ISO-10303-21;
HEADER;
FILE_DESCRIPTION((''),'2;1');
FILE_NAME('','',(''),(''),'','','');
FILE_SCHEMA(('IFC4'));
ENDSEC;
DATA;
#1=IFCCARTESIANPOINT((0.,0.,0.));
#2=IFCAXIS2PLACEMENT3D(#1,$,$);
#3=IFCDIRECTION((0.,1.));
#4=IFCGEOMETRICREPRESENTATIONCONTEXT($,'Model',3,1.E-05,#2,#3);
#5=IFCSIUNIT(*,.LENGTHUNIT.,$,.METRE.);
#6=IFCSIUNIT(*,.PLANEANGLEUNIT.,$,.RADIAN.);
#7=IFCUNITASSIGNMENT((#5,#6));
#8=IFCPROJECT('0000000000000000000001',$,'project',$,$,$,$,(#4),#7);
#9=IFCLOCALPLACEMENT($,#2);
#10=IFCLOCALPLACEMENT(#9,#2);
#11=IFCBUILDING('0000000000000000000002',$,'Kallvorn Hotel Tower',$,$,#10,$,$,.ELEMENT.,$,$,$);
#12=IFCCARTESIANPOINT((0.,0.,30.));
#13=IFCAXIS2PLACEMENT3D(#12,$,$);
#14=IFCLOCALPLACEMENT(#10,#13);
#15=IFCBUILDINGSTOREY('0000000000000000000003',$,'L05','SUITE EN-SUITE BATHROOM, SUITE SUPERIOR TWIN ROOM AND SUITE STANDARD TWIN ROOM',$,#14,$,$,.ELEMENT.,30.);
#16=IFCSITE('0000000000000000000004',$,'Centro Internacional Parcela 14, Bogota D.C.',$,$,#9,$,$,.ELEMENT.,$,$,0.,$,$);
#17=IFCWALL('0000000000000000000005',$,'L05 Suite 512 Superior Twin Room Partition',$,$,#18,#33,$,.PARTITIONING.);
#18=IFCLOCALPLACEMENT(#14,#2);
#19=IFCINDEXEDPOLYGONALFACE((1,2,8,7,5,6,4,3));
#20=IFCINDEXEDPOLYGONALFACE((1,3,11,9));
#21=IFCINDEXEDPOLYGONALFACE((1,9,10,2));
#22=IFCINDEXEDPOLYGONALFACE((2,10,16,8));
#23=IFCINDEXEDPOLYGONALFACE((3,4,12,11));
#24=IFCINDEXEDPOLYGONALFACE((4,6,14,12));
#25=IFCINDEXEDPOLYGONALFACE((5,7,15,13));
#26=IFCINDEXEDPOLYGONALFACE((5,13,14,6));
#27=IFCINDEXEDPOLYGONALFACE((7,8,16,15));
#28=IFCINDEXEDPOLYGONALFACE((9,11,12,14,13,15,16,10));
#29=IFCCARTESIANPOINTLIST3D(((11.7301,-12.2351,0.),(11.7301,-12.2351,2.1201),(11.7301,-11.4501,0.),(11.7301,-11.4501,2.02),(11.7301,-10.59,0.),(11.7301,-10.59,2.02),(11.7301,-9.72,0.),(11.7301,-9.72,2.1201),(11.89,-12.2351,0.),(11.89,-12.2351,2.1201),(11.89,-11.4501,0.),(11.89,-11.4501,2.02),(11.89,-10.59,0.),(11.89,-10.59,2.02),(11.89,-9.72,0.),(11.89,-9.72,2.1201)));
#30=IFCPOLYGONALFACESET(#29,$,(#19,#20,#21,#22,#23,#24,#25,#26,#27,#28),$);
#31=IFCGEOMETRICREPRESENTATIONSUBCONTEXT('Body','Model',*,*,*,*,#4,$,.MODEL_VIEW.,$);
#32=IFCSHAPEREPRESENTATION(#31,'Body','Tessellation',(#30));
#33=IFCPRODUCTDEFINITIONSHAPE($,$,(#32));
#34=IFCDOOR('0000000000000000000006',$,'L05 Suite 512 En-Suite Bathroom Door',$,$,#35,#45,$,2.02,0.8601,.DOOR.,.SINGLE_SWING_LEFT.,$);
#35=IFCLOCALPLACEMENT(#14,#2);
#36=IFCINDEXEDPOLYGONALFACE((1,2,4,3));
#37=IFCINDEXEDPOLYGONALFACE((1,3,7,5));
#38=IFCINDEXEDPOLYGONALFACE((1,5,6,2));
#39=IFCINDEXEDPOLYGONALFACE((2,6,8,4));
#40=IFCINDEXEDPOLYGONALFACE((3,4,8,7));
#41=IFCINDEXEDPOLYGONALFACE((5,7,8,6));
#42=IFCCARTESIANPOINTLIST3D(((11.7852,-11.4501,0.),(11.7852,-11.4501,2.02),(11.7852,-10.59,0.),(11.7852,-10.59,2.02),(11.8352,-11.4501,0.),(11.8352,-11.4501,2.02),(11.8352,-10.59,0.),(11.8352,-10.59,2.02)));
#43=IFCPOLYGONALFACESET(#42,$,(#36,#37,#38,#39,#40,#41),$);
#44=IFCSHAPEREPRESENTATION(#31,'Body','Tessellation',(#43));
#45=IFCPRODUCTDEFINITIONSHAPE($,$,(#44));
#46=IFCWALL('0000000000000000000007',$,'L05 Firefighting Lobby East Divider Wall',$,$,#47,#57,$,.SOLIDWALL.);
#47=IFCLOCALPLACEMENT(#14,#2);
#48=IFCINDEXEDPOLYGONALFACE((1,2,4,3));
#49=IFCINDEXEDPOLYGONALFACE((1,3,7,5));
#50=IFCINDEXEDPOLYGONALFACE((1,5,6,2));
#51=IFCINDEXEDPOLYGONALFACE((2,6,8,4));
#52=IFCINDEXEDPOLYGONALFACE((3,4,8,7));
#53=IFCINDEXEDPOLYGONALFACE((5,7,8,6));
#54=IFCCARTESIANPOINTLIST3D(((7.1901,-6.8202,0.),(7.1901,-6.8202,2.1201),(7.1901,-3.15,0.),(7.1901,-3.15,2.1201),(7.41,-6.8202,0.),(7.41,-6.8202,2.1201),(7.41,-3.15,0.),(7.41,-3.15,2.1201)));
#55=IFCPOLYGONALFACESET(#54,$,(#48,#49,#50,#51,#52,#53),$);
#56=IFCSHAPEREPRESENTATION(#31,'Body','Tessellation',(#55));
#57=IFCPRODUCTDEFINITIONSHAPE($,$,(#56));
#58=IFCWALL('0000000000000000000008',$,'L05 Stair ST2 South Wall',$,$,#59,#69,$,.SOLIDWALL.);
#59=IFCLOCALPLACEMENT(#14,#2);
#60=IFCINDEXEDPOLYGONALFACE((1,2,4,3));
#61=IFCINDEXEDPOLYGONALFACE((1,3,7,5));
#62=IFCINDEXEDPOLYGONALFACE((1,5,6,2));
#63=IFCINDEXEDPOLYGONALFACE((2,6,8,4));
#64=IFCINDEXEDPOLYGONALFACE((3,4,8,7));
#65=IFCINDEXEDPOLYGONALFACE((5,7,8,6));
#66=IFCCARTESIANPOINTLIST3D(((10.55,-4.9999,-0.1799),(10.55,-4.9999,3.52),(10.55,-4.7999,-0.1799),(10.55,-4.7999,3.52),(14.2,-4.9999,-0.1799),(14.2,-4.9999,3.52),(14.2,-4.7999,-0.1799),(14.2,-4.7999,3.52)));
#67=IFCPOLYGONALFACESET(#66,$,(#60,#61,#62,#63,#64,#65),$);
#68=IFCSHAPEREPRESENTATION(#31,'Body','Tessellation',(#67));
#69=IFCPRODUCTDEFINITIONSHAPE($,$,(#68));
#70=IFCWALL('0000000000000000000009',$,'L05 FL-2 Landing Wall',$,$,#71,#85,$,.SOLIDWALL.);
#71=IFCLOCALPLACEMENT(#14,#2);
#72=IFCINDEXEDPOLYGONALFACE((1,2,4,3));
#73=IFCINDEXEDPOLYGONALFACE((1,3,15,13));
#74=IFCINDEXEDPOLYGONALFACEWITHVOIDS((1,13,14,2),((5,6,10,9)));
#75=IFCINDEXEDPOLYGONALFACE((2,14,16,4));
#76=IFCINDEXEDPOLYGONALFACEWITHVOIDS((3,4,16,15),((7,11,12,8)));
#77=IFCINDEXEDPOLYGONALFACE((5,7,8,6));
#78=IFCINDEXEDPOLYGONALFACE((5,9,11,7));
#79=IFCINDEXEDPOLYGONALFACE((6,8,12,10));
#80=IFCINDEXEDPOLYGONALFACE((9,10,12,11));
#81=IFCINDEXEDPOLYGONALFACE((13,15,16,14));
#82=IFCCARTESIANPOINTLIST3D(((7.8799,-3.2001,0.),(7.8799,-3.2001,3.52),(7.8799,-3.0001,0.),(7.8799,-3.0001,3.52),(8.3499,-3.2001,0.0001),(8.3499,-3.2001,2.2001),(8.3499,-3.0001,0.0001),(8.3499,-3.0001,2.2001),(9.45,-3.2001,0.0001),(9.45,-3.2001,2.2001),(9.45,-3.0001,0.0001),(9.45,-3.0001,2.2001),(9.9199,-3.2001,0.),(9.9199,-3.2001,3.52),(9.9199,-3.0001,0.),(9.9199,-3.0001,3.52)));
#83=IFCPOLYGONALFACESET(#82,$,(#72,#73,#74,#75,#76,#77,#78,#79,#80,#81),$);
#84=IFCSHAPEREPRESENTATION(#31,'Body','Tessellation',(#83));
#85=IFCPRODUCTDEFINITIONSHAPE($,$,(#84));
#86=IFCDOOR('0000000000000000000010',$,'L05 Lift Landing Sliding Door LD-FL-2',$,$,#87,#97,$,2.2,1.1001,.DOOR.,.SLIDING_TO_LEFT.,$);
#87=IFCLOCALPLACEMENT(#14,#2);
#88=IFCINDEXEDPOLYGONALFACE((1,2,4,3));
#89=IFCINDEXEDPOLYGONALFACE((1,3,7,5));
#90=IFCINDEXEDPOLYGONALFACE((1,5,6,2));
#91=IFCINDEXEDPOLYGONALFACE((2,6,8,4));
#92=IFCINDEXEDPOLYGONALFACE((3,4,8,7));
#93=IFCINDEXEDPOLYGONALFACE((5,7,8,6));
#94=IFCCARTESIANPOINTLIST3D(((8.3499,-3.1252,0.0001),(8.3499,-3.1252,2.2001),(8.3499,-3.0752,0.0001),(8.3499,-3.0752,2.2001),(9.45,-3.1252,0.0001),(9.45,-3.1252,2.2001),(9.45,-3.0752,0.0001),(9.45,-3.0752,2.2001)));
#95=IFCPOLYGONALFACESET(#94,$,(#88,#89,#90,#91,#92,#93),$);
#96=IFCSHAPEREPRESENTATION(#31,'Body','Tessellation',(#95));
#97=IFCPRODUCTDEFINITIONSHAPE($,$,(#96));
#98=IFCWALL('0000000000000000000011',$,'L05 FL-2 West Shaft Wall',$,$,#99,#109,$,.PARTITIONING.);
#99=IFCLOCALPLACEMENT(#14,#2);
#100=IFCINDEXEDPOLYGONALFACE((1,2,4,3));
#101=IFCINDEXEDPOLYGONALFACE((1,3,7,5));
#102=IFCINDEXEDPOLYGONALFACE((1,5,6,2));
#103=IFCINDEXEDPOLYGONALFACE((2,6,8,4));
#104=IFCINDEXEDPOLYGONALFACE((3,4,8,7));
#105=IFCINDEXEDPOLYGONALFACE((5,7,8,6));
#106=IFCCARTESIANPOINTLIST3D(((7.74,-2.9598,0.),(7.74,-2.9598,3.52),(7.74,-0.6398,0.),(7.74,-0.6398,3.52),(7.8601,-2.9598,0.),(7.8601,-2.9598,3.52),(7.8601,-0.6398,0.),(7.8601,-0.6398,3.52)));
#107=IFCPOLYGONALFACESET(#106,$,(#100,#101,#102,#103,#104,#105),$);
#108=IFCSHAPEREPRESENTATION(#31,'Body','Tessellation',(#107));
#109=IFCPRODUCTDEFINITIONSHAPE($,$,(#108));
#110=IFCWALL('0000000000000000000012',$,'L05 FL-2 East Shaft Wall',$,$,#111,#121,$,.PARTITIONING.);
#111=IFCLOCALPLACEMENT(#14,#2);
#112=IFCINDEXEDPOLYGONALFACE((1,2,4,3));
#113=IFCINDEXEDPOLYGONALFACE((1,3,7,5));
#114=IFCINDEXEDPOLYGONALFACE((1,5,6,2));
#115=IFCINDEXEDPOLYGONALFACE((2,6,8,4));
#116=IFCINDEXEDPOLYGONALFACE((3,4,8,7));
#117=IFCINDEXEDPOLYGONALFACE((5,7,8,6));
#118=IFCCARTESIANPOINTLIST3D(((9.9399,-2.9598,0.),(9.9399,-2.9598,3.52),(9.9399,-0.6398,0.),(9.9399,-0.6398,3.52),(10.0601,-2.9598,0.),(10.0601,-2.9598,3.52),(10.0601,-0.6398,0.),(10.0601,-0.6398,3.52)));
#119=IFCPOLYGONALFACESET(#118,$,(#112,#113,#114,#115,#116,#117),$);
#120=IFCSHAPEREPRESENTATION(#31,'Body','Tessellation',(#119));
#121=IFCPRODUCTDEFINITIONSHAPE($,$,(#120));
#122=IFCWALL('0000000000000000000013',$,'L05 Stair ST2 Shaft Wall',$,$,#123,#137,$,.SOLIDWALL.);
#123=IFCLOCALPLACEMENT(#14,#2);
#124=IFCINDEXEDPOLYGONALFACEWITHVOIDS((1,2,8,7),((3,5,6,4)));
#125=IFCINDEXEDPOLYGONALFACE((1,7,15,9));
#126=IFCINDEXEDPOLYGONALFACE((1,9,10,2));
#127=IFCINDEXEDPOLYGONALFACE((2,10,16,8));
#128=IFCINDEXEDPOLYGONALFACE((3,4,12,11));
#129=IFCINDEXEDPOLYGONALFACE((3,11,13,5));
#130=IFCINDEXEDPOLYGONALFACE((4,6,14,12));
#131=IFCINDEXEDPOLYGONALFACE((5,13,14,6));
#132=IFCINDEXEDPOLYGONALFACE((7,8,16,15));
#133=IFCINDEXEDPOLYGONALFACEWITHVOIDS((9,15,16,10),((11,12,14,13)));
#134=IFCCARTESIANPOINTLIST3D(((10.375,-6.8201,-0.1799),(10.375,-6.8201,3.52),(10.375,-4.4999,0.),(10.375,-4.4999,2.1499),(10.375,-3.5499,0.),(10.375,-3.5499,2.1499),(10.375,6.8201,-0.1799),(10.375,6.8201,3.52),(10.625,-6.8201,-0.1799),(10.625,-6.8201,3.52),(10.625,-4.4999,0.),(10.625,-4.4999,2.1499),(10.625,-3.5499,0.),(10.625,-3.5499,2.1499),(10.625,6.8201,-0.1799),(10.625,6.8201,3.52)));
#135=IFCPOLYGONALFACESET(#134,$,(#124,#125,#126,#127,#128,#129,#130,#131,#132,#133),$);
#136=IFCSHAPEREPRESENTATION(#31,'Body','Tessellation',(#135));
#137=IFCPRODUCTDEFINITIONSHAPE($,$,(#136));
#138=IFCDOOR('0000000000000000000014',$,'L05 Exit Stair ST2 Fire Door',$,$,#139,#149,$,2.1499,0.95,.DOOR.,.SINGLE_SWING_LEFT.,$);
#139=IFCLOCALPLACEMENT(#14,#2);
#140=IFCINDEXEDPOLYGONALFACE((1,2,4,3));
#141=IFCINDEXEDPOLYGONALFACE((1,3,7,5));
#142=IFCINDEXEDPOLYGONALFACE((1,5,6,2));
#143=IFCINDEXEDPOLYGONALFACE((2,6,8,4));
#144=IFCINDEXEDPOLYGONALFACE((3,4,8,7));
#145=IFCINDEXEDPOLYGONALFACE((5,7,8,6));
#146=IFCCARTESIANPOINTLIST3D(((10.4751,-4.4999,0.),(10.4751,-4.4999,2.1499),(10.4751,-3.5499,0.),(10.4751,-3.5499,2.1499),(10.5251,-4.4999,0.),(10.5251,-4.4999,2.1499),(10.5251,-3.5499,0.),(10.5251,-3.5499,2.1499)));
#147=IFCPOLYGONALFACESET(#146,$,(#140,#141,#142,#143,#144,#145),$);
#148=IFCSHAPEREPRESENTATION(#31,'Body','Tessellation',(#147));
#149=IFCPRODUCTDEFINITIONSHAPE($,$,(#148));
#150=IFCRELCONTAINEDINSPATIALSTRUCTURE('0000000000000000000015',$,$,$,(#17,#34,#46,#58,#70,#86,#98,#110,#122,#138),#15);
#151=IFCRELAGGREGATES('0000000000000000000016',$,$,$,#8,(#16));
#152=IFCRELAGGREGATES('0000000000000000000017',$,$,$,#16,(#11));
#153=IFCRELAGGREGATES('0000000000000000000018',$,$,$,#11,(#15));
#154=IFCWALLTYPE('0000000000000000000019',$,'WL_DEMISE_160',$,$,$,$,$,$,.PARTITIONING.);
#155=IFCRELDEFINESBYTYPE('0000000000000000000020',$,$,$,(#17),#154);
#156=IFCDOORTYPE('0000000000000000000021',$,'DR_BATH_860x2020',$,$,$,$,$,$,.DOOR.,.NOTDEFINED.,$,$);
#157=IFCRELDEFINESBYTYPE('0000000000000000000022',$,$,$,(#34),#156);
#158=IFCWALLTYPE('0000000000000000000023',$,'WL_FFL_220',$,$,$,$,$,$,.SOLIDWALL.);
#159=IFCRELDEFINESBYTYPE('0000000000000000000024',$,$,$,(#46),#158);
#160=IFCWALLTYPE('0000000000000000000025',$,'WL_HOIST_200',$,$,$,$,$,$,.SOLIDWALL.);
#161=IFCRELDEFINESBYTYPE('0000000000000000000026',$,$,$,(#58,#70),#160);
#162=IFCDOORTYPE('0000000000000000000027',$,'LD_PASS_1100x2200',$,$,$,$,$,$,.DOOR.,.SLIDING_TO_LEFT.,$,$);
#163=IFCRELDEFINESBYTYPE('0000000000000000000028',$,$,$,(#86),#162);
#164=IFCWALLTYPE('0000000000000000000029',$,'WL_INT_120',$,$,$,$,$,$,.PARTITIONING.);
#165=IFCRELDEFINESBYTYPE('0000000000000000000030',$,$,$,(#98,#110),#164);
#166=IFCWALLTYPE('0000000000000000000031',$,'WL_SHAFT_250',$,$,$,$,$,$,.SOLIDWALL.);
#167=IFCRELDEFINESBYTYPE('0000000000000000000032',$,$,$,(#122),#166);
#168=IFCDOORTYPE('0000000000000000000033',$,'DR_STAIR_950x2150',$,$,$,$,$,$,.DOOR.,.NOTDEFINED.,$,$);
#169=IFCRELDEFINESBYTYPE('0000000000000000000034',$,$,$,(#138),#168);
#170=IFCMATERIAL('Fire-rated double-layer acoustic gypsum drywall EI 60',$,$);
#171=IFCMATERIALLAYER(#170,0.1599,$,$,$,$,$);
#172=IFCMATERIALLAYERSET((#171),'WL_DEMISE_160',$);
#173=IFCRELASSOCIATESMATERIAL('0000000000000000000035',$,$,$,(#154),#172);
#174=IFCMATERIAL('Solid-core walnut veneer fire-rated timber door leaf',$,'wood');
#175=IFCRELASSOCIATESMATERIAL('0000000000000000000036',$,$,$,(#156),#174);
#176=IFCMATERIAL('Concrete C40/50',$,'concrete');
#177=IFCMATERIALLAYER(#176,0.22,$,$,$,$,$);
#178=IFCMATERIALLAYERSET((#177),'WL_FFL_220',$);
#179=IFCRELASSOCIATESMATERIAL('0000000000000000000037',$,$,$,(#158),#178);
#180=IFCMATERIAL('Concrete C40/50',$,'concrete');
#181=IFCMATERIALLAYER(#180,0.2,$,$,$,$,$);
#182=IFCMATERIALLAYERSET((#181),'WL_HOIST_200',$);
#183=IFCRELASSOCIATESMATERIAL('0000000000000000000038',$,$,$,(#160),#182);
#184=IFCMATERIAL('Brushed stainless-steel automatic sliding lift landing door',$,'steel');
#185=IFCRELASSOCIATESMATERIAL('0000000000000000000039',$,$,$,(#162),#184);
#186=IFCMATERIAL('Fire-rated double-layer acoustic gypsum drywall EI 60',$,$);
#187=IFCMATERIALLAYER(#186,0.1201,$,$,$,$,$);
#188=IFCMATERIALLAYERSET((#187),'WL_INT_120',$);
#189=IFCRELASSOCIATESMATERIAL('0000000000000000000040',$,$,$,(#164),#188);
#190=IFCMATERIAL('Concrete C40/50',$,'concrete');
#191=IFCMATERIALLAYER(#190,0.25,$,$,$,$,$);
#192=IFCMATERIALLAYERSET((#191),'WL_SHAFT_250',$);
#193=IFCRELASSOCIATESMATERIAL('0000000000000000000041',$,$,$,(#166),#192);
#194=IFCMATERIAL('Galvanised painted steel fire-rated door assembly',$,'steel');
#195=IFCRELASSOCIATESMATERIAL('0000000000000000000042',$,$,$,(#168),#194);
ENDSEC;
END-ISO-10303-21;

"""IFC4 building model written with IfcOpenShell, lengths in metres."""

from ifc_helpers import new_model, si_unit, direction, frame, frame_2d, origin, place, context, subcontext, project, spatial, rectangle, extrude, material, layer, layer_set, type_object, element, fill, save


model = new_model("IFC4")

# Units and contexts
model_context = context("Model", 3, precision=1e-05, world=origin(), true_north=direction((0.0, 1.0)))
body_context = subcontext(model_context, "Body", "Model", "MODEL_VIEW")
ifc_project = project(units=[si_unit("LENGTHUNIT", "METRE"), si_unit("PLANEANGLEUNIT", "RADIAN")], contexts=[model_context])

# Site, building, storey
site_placement = place(None, origin())
site = spatial("IfcSite", under=ifc_project, at=site_placement, Name="Centro Internacional Parcela 14, Bogota D.C.", CompositionType="ELEMENT", RefElevation=0.0)
building_placement = place(site_placement, origin())
building = spatial("IfcBuilding", under=site, at=building_placement, Name="Kallvorn Hotel Tower", CompositionType="ELEMENT")
storey_placement = place(building_placement, frame((0.0, 0.0, 30.0)))
storey = spatial("IfcBuildingStorey", under=building, at=storey_placement, Name="L05", Description="SUITE EN-SUITE BATHROOM, SUITE SUPERIOR TWIN ROOM AND SUITE STANDARD TWIN ROOM", CompositionType="ELEMENT", Elevation=30.0)

# Shared definitions
ifc_material_1 = material(Name="Fire-rated double-layer acoustic gypsum drywall EI 60")
ifc_layer_1 = layer(ifc_material_1, 0.1599)
ifc_layer_set_1 = layer_set([ifc_layer_1], Name="WL_DEMISE_160")
wall_type_1 = type_object("IfcWallType", Name="WL_DEMISE_160", PredefinedType="PARTITIONING", material=ifc_layer_set_1)

# Wall, opening, door
ifc_material_2 = material(Name="Solid-core walnut veneer fire-rated timber door leaf", Category="wood")
door_type_1 = type_object("IfcDoorType", Name="DR_BATH_860x2020", OperationType="NOTDEFINED", PredefinedType="DOOR", material=ifc_material_2)
wall_1_placement = place(storey_placement, frame((11.8101, -12.2351, 0.0), z_axis=(0.0, 0.0, 1.0), x_axis=(0.0, 1.0, 0.0)))
wall_1 = element("IfcWall", 1, at=wall_1_placement, inside=storey, type_object=wall_type_1, Name="L05 Suite 512 Superior Twin Room Partition", PredefinedType="PARTITIONING", context=body_context, shape_type="SweptSolid", body=[
    extrude(rectangle(XDim=2.5151, YDim=0.1599, at=frame_2d((1.2576, 0.0))), origin(), (0.0, 0.0, 1.0), 2.1201),
])
opening_1_placement = place(wall_1_placement, frame((0.7849, 0.0, 0.0)))
opening_1 = element("IfcOpeningElement", 2, at=opening_1_placement, cuts=wall_1, PredefinedType="OPENING", context=body_context, shape_type="SweptSolid", body=[
    extrude(rectangle(XDim=0.8601, YDim=2.02, at=frame_2d((0.4302, 1.01))), frame((0.0, 0.095, 0.0), z_axis=(0.0, -1.0, 0.0), x_axis=(1.0, 0.0, 0.0)), (0.0, 0.0, 1.0), 0.1899),
])
door_1_placement = place(opening_1_placement, origin())
door_1 = element("IfcDoor", 3, at=door_1_placement, inside=storey, type_object=door_type_1, Name="L05 Suite 512 En-Suite Bathroom Door", OperationType="SINGLE_SWING_LEFT", OverallHeight=2.02, OverallWidth=0.8601, PredefinedType="DOOR", context=body_context, shape_type="SweptSolid", body=[
    extrude(rectangle(XDim=0.8601, YDim=2.02, at=frame_2d((0.4302, 1.01))), frame((0.0, 0.0249, 0.0), z_axis=(0.0, -1.0, 0.0), x_axis=(1.0, 0.0, 0.0)), (0.0, 0.0, 1.0), 0.05),
])
fill(opening_1, door_1)

# Walls
ifc_material_3 = material(Name="Concrete C40/50", Category="concrete")
ifc_layer_2 = layer(ifc_material_3, 0.22)
ifc_layer_set_2 = layer_set([ifc_layer_2], Name="WL_FFL_220")
wall_type_2 = type_object("IfcWallType", Name="WL_FFL_220", PredefinedType="SOLIDWALL", material=ifc_layer_set_2)
wall_2_placement = place(storey_placement, frame((7.3, -6.8201, 0.0), z_axis=(0.0, 0.0, 1.0), x_axis=(0.0, 1.0, 0.0)))
element("IfcWall", 4, at=wall_2_placement, inside=storey, type_object=wall_type_2, Name="L05 Firefighting Lobby East Divider Wall", PredefinedType="SOLIDWALL", context=body_context, shape_type="SweptSolid", body=[
    extrude(rectangle(XDim=3.6702, YDim=0.22, at=frame_2d((1.835, 0.0))), origin(), (0.0, 0.0, 1.0), 2.1201),
])
ifc_material_4 = material(Name="Concrete C40/50", Category="concrete")
ifc_layer_3 = layer(ifc_material_4, 0.2)
ifc_layer_set_3 = layer_set([ifc_layer_3], Name="WL_HOIST_200")
wall_type_3 = type_object("IfcWallType", Name="WL_HOIST_200", PredefinedType="SOLIDWALL", material=ifc_layer_set_3)
wall_3_placement = place(storey_placement, frame((10.55, -4.8999, -0.1799), z_axis=(0.0, 0.0, 1.0), x_axis=(1.0, 0.0, 0.0)))
element("IfcWall", 5, at=wall_3_placement, inside=storey, type_object=wall_type_3, Name="L05 Stair ST2 South Wall", PredefinedType="SOLIDWALL", context=body_context, shape_type="SweptSolid", body=[
    extrude(rectangle(XDim=3.6499, YDim=0.2, at=frame_2d((1.825, 0.0))), origin(), (0.0, 0.0, 1.0), 3.7),
])

# Wall, opening, door
wall_4_placement = place(storey_placement, frame((7.8799, -3.1001, 0.0), z_axis=(0.0, 0.0, 1.0), x_axis=(1.0, 0.0, 0.0)))
wall_4 = element("IfcWall", 6, at=wall_4_placement, inside=storey, type_object=wall_type_3, Name="L05 FL-2 Landing Wall", PredefinedType="SOLIDWALL", context=body_context, shape_type="SweptSolid", body=[
    extrude(rectangle(XDim=2.04, YDim=0.2, at=frame_2d((1.02, 0.0))), origin(), (0.0, 0.0, 1.0), 3.52),
])
opening_2_placement = place(wall_4_placement, frame((0.47, 0.0, 0.0)))
opening_2 = element("IfcOpeningElement", 7, at=opening_2_placement, cuts=wall_4, PredefinedType="OPENING", context=body_context, shape_type="SweptSolid", body=[
    extrude(rectangle(XDim=1.1001, YDim=2.2, at=frame_2d((0.55, 1.1001))), frame((0.0, 0.115, 0.0), z_axis=(0.0, -1.0, 0.0), x_axis=(1.0, 0.0, 0.0)), (0.0, 0.0, 1.0), 0.23),
])
ifc_material_5 = material(Name="Brushed stainless-steel automatic sliding lift landing door", Category="steel")
door_type_2 = type_object("IfcDoorType", Name="LD_PASS_1100x2200", OperationType="SLIDING_TO_LEFT", PredefinedType="DOOR", material=ifc_material_5)
door_2_placement = place(opening_2_placement, origin())
door_2 = element("IfcDoor", 8, at=door_2_placement, inside=storey, type_object=door_type_2, Name="L05 Lift Landing Sliding Door LD-FL-2", OperationType="SLIDING_TO_LEFT", OverallHeight=2.2, OverallWidth=1.1001, PredefinedType="DOOR", context=body_context, shape_type="SweptSolid", body=[
    extrude(rectangle(XDim=1.1001, YDim=2.2, at=frame_2d((0.55, 1.1001))), frame((0.0, 0.0249, 0.0), z_axis=(0.0, -1.0, 0.0), x_axis=(1.0, 0.0, 0.0)), (0.0, 0.0, 1.0), 0.05),
])
fill(opening_2, door_2)

# Walls
ifc_material_6 = material(Name="Fire-rated double-layer acoustic gypsum drywall EI 60")
ifc_layer_4 = layer(ifc_material_6, 0.1201)
ifc_layer_set_4 = layer_set([ifc_layer_4], Name="WL_INT_120")
wall_type_4 = type_object("IfcWallType", Name="WL_INT_120", PredefinedType="PARTITIONING", material=ifc_layer_set_4)
for number, where, z_axis, x_axis, name in (
    (9, (7.8, -2.96, 0.0), (0.0, 0.0, 1.0), (0.0, 1.0, 0.0), "L05 FL-2 West Shaft Wall"),
    (10, (10.0, -2.96, 0.0), (0.0, 0.0, 1.0), (0.0, 1.0, 0.0), "L05 FL-2 East Shaft Wall"),
):
    element("IfcWall", number, at=place(storey_placement, frame(where, z_axis=z_axis, x_axis=x_axis)), inside=storey, type_object=wall_type_4, Name=name, PredefinedType="PARTITIONING", context=body_context, shape_type="SweptSolid", body=[
        extrude(rectangle(XDim=2.3201, YDim=0.1201, at=frame_2d((1.1602, 0.0))), origin(), (0.0, 0.0, 1.0), 3.52),
    ])

# Wall, opening, door
ifc_material_7 = material(Name="Concrete C40/50", Category="concrete")
ifc_layer_5 = layer(ifc_material_7, 0.25)
ifc_layer_set_5 = layer_set([ifc_layer_5], Name="WL_SHAFT_250")
wall_type_5 = type_object("IfcWallType", Name="WL_SHAFT_250", PredefinedType="SOLIDWALL", material=ifc_layer_set_5)
wall_5_placement = place(storey_placement, frame((10.5, -6.8201, -0.1799), z_axis=(0.0, 0.0, 1.0), x_axis=(0.0, 1.0, 0.0)))
wall_5 = element("IfcWall", 11, at=wall_5_placement, inside=storey, type_object=wall_type_5, Name="L05 Stair ST2 Shaft Wall", PredefinedType="SOLIDWALL", context=body_context, shape_type="SweptSolid", body=[
    extrude(rectangle(XDim=13.6401, YDim=0.25, at=frame_2d((6.8201, 0.0))), origin(), (0.0, 0.0, 1.0), 3.7),
])
opening_3_placement = place(wall_5_placement, frame((2.3201, 0.0, 0.1799)))
opening_3 = element("IfcOpeningElement", 12, at=opening_3_placement, cuts=wall_5, PredefinedType="OPENING", context=body_context, shape_type="SweptSolid", body=[
    extrude(rectangle(XDim=0.95, YDim=2.1499, at=frame_2d((0.4751, 1.075))), frame((0.0, 0.1399, 0.0), z_axis=(0.0, -1.0, 0.0), x_axis=(1.0, 0.0, 0.0)), (0.0, 0.0, 1.0), 0.28),
])
ifc_material_8 = material(Name="Galvanised painted steel fire-rated door assembly", Category="steel")
door_type_3 = type_object("IfcDoorType", Name="DR_STAIR_950x2150", OperationType="NOTDEFINED", PredefinedType="DOOR", material=ifc_material_8)
door_3_placement = place(opening_3_placement, origin())
door_3 = element("IfcDoor", 13, at=door_3_placement, inside=storey, type_object=door_type_3, Name="L05 Exit Stair ST2 Fire Door", OperationType="SINGLE_SWING_LEFT", OverallHeight=2.1499, OverallWidth=0.95, PredefinedType="DOOR", context=body_context, shape_type="SweptSolid", body=[
    extrude(rectangle(XDim=0.95, YDim=2.1499, at=frame_2d((0.4751, 1.075))), frame((0.0, 0.0249, 0.0), z_axis=(0.0, -1.0, 0.0), x_axis=(1.0, 0.0, 0.0)), (0.0, 0.0, 1.0), 0.05),
])
fill(opening_3, door_3)

save(model, "model.ifc")
